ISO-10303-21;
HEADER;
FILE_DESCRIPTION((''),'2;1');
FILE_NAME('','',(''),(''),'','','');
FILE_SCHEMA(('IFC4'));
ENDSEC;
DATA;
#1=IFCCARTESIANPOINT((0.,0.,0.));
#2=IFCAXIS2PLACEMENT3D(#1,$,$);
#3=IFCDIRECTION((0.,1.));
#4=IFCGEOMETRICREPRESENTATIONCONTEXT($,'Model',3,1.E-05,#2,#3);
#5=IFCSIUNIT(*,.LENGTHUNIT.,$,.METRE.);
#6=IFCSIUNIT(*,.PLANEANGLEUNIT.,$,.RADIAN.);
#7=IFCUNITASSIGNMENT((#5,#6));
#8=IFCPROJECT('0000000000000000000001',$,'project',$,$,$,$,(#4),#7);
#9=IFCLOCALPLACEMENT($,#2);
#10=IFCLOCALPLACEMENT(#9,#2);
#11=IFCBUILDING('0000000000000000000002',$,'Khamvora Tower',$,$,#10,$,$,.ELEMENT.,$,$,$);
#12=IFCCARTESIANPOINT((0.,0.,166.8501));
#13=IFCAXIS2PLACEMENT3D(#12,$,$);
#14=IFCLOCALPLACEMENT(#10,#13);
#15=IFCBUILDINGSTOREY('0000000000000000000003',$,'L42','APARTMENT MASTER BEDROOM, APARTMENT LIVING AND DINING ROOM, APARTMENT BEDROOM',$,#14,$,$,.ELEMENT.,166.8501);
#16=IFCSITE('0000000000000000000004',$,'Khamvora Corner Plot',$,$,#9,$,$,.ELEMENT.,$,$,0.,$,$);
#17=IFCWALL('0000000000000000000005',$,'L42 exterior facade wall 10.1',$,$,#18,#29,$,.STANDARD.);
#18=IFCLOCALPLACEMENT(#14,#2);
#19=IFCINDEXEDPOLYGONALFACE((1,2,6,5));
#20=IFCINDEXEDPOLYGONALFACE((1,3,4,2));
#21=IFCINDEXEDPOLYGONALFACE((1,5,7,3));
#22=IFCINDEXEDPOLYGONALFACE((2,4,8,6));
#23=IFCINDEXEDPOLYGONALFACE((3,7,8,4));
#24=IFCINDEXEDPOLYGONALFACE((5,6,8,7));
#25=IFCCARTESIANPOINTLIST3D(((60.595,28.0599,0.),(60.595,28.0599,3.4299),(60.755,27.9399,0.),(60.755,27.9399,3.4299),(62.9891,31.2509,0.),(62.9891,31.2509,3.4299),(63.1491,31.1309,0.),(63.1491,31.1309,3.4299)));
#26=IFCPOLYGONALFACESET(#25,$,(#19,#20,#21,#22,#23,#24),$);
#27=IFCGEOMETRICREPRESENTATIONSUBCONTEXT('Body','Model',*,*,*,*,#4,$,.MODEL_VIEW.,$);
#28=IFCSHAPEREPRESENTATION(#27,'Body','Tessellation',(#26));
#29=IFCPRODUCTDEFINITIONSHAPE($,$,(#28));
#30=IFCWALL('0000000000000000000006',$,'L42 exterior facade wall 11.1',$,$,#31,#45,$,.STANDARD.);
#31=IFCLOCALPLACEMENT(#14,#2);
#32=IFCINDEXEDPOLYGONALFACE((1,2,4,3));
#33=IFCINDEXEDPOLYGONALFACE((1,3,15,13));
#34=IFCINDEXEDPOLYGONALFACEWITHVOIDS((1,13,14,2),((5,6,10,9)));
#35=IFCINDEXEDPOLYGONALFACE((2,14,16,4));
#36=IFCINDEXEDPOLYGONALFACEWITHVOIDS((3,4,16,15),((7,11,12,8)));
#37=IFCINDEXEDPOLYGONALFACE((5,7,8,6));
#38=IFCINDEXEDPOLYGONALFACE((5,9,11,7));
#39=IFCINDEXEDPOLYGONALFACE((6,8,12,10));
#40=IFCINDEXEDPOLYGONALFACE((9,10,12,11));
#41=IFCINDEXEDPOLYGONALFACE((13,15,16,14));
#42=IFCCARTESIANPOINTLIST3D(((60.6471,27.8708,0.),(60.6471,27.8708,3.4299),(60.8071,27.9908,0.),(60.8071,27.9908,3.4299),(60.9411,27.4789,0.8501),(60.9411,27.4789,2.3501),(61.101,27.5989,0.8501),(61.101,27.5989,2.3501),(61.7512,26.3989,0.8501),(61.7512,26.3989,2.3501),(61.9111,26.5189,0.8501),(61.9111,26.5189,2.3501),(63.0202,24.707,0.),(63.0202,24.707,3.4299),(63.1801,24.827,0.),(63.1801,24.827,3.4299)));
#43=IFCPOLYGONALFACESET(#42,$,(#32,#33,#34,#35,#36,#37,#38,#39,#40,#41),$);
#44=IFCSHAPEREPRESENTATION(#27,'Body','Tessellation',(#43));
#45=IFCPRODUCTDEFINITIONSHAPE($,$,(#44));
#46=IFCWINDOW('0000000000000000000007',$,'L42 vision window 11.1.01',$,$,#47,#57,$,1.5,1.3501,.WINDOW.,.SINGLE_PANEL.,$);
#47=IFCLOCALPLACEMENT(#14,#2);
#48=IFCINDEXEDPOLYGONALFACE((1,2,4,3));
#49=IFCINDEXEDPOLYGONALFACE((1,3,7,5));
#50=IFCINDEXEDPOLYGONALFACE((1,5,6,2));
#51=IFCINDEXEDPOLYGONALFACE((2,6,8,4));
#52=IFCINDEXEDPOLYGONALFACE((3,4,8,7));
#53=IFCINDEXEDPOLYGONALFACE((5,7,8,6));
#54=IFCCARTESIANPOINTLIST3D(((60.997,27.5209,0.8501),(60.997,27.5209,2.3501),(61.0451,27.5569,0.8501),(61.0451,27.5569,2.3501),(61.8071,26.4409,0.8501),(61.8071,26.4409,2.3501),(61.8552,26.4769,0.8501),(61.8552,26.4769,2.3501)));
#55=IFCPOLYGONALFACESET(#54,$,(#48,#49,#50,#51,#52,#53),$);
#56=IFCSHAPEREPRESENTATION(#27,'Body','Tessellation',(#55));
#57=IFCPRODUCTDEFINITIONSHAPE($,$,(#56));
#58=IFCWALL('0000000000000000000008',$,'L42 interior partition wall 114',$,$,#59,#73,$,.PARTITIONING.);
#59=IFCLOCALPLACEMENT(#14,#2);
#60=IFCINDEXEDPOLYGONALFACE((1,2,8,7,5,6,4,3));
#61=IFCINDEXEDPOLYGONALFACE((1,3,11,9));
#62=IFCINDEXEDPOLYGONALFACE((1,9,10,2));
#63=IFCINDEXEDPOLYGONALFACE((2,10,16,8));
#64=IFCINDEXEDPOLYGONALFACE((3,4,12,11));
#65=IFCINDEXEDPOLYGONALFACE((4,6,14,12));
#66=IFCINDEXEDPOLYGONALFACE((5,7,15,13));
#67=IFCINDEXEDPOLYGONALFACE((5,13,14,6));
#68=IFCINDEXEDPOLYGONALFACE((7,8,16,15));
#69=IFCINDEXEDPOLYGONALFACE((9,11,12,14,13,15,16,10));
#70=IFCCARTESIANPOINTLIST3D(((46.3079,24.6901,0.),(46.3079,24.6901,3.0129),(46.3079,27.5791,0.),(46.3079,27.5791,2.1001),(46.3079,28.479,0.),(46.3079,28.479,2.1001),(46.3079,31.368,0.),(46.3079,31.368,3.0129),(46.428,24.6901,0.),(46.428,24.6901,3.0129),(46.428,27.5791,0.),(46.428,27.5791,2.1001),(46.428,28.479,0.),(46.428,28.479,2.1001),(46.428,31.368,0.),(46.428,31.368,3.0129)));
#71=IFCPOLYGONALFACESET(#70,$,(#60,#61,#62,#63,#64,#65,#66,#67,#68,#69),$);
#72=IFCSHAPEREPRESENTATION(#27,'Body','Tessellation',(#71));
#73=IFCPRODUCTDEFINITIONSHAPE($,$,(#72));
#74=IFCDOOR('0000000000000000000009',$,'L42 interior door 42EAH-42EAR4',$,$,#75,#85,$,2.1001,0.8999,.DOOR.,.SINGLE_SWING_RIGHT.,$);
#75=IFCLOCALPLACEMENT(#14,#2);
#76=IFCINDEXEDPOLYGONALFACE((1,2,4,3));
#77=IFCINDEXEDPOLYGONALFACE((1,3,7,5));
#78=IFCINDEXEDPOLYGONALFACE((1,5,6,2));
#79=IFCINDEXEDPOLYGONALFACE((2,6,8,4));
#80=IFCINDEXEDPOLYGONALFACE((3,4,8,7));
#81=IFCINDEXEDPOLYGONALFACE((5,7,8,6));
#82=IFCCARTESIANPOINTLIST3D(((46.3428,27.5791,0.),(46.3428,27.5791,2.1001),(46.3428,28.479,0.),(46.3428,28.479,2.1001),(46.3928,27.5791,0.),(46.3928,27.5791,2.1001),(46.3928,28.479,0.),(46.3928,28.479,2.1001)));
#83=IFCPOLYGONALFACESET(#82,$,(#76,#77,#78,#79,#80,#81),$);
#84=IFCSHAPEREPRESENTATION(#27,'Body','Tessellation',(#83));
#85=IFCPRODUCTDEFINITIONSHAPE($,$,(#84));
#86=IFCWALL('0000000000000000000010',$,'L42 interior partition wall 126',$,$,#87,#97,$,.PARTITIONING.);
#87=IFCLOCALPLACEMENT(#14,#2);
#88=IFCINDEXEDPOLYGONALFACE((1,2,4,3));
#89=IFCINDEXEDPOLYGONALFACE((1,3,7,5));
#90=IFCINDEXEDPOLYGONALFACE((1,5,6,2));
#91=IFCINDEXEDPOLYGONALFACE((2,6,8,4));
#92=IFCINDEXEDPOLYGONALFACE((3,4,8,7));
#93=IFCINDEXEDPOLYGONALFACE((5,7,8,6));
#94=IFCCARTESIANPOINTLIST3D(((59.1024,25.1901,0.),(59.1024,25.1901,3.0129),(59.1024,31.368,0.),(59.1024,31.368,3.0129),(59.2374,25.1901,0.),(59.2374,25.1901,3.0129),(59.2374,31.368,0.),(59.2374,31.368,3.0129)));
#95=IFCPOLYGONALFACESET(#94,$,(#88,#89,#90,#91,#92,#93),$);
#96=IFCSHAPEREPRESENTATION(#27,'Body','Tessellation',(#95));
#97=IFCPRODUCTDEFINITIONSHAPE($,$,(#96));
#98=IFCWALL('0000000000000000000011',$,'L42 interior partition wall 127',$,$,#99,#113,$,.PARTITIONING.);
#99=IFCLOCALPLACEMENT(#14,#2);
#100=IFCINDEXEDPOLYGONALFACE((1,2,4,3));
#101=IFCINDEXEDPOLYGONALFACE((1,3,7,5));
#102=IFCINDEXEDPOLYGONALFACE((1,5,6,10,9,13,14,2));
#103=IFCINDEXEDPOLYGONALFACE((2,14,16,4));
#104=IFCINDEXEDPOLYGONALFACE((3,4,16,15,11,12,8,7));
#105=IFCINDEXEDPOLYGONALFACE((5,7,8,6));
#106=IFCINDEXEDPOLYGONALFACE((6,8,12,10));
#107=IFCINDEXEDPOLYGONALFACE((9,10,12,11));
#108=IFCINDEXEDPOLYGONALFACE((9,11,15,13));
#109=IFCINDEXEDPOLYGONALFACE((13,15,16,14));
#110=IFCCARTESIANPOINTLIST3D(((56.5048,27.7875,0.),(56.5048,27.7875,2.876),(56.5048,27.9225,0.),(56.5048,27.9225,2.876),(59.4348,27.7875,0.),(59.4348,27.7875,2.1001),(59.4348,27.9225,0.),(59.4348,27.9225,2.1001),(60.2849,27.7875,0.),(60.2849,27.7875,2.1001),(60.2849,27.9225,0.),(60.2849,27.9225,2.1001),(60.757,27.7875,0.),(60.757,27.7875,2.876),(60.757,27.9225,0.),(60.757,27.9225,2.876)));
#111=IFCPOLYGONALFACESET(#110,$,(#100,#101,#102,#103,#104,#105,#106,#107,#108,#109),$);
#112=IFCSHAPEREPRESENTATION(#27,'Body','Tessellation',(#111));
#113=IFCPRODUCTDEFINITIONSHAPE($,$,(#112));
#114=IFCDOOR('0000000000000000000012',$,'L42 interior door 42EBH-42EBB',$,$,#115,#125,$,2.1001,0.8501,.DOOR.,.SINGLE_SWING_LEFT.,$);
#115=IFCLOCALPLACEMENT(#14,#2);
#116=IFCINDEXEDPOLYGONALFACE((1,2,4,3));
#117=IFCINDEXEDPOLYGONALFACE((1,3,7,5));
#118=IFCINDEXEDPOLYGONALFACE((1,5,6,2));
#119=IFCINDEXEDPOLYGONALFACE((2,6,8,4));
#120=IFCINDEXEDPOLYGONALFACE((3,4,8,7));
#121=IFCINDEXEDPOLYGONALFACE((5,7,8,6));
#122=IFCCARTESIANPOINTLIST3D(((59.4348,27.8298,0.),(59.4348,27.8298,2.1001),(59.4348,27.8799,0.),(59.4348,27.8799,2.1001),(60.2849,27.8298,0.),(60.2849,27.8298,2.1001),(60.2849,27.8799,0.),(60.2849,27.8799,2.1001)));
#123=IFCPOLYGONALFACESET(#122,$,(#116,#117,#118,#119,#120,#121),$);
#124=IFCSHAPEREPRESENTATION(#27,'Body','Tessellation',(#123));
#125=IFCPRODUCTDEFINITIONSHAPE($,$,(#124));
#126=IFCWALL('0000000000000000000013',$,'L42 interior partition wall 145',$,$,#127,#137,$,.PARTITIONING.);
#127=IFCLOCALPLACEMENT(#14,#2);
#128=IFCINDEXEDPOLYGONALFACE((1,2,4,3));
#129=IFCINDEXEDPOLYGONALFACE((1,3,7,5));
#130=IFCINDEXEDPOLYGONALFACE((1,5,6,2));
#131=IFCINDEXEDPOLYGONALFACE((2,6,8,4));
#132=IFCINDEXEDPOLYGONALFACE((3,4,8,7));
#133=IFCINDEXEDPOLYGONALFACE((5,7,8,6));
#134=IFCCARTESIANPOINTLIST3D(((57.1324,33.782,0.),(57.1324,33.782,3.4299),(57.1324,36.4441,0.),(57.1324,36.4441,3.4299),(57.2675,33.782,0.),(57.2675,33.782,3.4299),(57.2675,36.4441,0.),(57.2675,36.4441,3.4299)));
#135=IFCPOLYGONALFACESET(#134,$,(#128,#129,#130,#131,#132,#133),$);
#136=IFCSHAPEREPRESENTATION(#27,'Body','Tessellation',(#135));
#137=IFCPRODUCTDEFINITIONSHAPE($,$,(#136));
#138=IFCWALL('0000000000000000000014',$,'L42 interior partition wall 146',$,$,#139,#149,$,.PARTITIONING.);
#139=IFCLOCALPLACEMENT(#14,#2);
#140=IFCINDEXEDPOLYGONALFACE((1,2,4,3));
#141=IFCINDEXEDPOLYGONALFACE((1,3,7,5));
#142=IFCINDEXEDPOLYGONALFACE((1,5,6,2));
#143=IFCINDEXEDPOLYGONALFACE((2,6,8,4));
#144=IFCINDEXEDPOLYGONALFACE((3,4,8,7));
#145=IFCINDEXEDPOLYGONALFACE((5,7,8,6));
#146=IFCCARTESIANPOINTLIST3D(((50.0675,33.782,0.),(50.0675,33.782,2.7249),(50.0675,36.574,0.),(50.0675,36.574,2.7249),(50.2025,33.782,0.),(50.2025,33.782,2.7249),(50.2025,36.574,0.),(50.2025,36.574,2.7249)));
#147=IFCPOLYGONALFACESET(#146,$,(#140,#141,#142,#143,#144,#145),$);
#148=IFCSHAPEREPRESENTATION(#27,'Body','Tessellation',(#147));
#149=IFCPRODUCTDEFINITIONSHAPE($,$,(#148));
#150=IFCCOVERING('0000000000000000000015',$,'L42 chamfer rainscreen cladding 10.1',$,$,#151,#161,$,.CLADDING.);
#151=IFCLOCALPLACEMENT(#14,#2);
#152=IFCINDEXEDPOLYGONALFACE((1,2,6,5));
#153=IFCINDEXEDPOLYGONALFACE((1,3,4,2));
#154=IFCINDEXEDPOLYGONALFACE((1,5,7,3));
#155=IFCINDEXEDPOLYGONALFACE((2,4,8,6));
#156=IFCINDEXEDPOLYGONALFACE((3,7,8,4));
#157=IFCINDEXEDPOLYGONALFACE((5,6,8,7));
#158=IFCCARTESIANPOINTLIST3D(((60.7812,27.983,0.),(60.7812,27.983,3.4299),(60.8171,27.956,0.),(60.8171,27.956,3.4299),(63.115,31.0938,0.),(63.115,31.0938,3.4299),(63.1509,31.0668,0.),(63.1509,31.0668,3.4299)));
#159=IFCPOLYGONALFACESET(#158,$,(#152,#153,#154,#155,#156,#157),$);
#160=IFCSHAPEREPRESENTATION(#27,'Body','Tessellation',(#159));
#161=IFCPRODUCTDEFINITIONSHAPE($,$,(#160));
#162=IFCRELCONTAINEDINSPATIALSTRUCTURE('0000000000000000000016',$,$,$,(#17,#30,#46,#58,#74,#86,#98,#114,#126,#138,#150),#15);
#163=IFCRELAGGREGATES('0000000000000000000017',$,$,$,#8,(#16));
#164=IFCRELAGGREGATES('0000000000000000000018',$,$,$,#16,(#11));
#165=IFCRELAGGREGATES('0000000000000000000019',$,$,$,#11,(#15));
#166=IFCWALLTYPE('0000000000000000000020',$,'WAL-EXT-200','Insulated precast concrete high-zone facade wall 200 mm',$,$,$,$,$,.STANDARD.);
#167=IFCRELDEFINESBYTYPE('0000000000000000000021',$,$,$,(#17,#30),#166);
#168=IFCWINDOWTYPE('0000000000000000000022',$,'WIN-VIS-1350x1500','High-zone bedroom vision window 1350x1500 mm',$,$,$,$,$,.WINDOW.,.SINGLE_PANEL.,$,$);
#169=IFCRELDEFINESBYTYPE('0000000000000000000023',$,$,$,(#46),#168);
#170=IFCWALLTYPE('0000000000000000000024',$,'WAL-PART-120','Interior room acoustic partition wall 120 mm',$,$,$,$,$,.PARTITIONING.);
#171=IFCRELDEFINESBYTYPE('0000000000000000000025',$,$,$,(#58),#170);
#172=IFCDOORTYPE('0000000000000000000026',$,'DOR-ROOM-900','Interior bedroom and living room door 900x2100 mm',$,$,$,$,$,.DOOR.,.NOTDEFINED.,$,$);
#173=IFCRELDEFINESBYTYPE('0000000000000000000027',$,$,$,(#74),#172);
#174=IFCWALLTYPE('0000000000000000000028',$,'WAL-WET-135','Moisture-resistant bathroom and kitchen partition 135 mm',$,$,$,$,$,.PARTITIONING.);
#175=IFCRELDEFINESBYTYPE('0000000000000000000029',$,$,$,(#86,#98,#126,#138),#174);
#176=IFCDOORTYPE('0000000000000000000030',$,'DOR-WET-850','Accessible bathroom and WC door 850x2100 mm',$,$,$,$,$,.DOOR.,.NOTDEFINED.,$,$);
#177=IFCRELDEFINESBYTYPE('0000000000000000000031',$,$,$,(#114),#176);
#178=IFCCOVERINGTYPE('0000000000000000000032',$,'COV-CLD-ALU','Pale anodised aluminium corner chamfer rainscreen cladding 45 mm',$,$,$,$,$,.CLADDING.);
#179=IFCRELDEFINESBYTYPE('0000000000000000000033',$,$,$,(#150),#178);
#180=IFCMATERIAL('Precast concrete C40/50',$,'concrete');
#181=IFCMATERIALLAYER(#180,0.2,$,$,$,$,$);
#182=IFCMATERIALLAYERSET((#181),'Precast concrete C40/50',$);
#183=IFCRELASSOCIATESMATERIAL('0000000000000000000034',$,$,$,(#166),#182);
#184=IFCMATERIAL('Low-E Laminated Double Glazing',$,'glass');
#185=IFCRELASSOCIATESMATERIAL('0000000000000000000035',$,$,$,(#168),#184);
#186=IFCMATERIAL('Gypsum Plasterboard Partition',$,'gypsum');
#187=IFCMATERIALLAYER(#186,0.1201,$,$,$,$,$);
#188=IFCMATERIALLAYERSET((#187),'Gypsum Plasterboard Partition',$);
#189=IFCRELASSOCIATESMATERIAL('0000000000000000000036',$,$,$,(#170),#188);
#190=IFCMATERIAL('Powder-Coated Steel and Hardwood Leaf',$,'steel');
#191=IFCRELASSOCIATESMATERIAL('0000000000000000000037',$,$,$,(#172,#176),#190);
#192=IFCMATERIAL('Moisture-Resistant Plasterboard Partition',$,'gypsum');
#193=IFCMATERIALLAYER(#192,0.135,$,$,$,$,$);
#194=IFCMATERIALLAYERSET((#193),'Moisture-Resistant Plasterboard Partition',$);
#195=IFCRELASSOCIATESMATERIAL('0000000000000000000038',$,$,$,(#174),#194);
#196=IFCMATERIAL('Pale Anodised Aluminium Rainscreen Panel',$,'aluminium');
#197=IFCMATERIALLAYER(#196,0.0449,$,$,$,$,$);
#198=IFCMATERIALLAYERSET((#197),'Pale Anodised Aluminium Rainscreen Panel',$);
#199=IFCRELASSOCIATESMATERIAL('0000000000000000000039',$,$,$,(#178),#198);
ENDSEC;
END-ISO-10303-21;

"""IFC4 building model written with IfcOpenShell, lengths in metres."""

from ifc_helpers import new_model, si_unit, direction, frame, frame_2d, origin, origin_2d, place, context, subcontext, project, spatial, rectangle, extrude, material, layer, layer_set, type_object, element, fill, save


model = new_model("IFC4")

# Units and contexts
model_context = context("Model", 3, precision=1e-05, world=origin(), true_north=direction((0.0, 1.0)))
body_context = subcontext(model_context, "Body", "Model", "MODEL_VIEW")
ifc_project = project(units=[si_unit("LENGTHUNIT", "METRE"), si_unit("PLANEANGLEUNIT", "RADIAN")], contexts=[model_context])

# Site, building, storey
site_placement = place(None, origin())
site = spatial("IfcSite", under=ifc_project, at=site_placement, Name="Khamvora Corner Plot", CompositionType="ELEMENT", RefElevation=0.0)
building_placement = place(site_placement, origin())
building = spatial("IfcBuilding", under=site, at=building_placement, Name="Khamvora Tower", CompositionType="ELEMENT")
storey_placement = place(building_placement, frame((0.0, 0.0, 166.8501)))
storey = spatial("IfcBuildingStorey", under=building, at=storey_placement, Name="L42", Description="APARTMENT MASTER BEDROOM, APARTMENT LIVING AND DINING ROOM, APARTMENT BEDROOM", CompositionType="ELEMENT", Elevation=166.8501)

# Shared definitions
ifc_material_1 = material(Name="Powder-Coated Steel and Hardwood Leaf", Category="steel")

# Wall
ifc_material_2 = material(Name="Precast concrete C40/50", Category="concrete")
ifc_layer_1 = layer(ifc_material_2, 0.2)
ifc_layer_set_1 = layer_set([ifc_layer_1], Name="Precast concrete C40/50")
wall_type_1 = type_object("IfcWallType", Name="WAL-EXT-200", Description="Insulated precast concrete high-zone facade wall 200 mm", PredefinedType="STANDARD", material=ifc_layer_set_1)
wall_1_placement = place(storey_placement, frame((63.0691, 31.1909, 0.0), z_axis=(0.0, 0.0, 1.0), x_axis=(-0.600137, -0.799897, 0.0)))
element("IfcWall", 1, at=wall_1_placement, inside=storey, type_object=wall_type_1, Name="L42 exterior facade wall 10.1", PredefinedType="STANDARD", context=body_context, shape_type="SweptSolid", body=[
    extrude(rectangle(XDim=3.9893, YDim=0.2, at=frame_2d((1.9946, 0.0))), origin(), (0.0, 0.0, 1.0), 3.4299),
])

# Wall, opening, window
wall_2_placement = place(storey_placement, frame((60.7271, 27.9309, 0.0), z_axis=(0.0, 0.0, 1.0), x_axis=(0.60003, -0.799978, 0.0)))
wall_2 = element("IfcWall", 2, at=wall_2_placement, inside=storey, type_object=wall_type_1, Name="L42 exterior facade wall 11.1", PredefinedType="STANDARD", context=body_context, shape_type="SweptSolid", body=[
    extrude(rectangle(XDim=3.9548, YDim=0.2, at=frame_2d((1.9775, 0.0))), origin(), (0.0, 0.0, 1.0), 3.4299),
])
opening_1_placement = place(wall_2_placement, frame((0.49, 0.0, 0.8501)))
opening_1 = element("IfcOpeningElement", 3, at=opening_1_placement, cuts=wall_2, PredefinedType="OPENING", context=body_context, shape_type="SweptSolid", body=[
    extrude(rectangle(XDim=1.3501, YDim=1.5, at=frame_2d((0.675, 0.75))), frame((0.0, 0.1099, 0.0), z_axis=(0.0, -1.0, 0.0), x_axis=(1.0, 0.0, 0.0)), (0.0, 0.0, 1.0), 0.22),
])
ifc_material_3 = material(Name="Low-E Laminated Double Glazing", Category="glass")
window_type = type_object("IfcWindowType", Name="WIN-VIS-1350x1500", Description="High-zone bedroom vision window 1350x1500 mm", PartitioningType="SINGLE_PANEL", PredefinedType="WINDOW", material=ifc_material_3)
window_placement = place(opening_1_placement, origin())
window = element("IfcWindow", 4, at=window_placement, inside=storey, type_object=window_type, Name="L42 vision window 11.1.01", OverallHeight=1.5, OverallWidth=1.3501, PartitioningType="SINGLE_PANEL", PredefinedType="WINDOW", context=body_context, shape_type="SweptSolid", body=[
    extrude(rectangle(XDim=1.3501, YDim=1.5, at=frame_2d((0.675, 0.75))), frame((0.0, 0.03, 0.0), z_axis=(0.0, -1.0, 0.0), x_axis=(1.0, 0.0, 0.0)), (0.0, 0.0, 1.0), 0.0601),
])
fill(opening_1, window)

# Wall, opening, door
ifc_material_4 = material(Name="Gypsum Plasterboard Partition", Category="gypsum")
ifc_layer_2 = layer(ifc_material_4, 0.1201)
ifc_layer_set_2 = layer_set([ifc_layer_2], Name="Gypsum Plasterboard Partition")
wall_type_2 = type_object("IfcWallType", Name="WAL-PART-120", Description="Interior room acoustic partition wall 120 mm", PredefinedType="PARTITIONING", material=ifc_layer_set_2)
wall_3_placement = place(storey_placement, frame((46.3679, 31.3679, 0.0), z_axis=(0.0, 0.0, 1.0), x_axis=(0.0, -1.0, 0.0)))
wall_3 = element("IfcWall", 5, at=wall_3_placement, inside=storey, type_object=wall_type_2, Name="L42 interior partition wall 114", PredefinedType="PARTITIONING", context=body_context, shape_type="SweptSolid", body=[
    extrude(rectangle(XDim=6.678, YDim=0.1201, at=frame_2d((3.3389, 0.0))), origin(), (0.0, 0.0, 1.0), 3.0129),
])
opening_2_placement = place(wall_3_placement, frame((2.8889, 0.0, 0.0)))
opening_2 = element("IfcOpeningElement", 6, at=opening_2_placement, cuts=wall_3, PredefinedType="OPENING", context=body_context, shape_type="SweptSolid", body=[
    extrude(rectangle(XDim=0.8999, YDim=2.1001, at=frame_2d((0.45, 1.05))), frame((0.0, 0.0701, 0.0), z_axis=(0.0, -1.0, 0.0), x_axis=(1.0, 0.0, 0.0)), (0.0, 0.0, 1.0), 0.1401),
])
door_type_1 = type_object("IfcDoorType", Name="DOR-ROOM-900", Description="Interior bedroom and living room door 900x2100 mm", OperationType="NOTDEFINED", PredefinedType="DOOR", material=ifc_material_1)
door_1_placement = place(opening_2_placement, origin())
door_1 = element("IfcDoor", 7, at=door_1_placement, inside=storey, type_object=door_type_1, Name="L42 interior door 42EAH-42EAR4", OperationType="SINGLE_SWING_RIGHT", OverallHeight=2.1001, OverallWidth=0.8999, PredefinedType="DOOR", context=body_context, shape_type="SweptSolid", body=[
    extrude(rectangle(XDim=0.8999, YDim=2.1001, at=frame_2d((0.45, 1.05))), frame((0.0, 0.0249, 0.0), z_axis=(0.0, -1.0, 0.0), x_axis=(1.0, 0.0, 0.0)), (0.0, 0.0, 1.0), 0.05),
])
fill(opening_2, door_1)

# Wall
ifc_material_5 = material(Name="Moisture-Resistant Plasterboard Partition", Category="gypsum")
ifc_layer_3 = layer(ifc_material_5, 0.135)
ifc_layer_set_3 = layer_set([ifc_layer_3], Name="Moisture-Resistant Plasterboard Partition")
wall_type_3 = type_object("IfcWallType", Name="WAL-WET-135", Description="Moisture-resistant bathroom and kitchen partition 135 mm", PredefinedType="PARTITIONING", material=ifc_layer_set_3)
wall_4_placement = place(storey_placement, frame((59.1699, 31.3679, 0.0), z_axis=(0.0, 0.0, 1.0), x_axis=(0.0, -1.0, 0.0)))
element("IfcWall", 8, at=wall_4_placement, inside=storey, type_object=wall_type_3, Name="L42 interior partition wall 126", PredefinedType="PARTITIONING", context=body_context, shape_type="SweptSolid", body=[
    extrude(rectangle(XDim=6.178, YDim=0.135, at=frame_2d((3.0889, 0.0))), origin(), (0.0, 0.0, 1.0), 3.0129),
])

# Wall, opening, door
wall_5_placement = place(storey_placement, frame((56.5049, 27.855, 0.0), z_axis=(0.0, 0.0, 1.0), x_axis=(1.0, 0.0, 0.0)))
wall_5 = element("IfcWall", 9, at=wall_5_placement, inside=storey, type_object=wall_type_3, Name="L42 interior partition wall 127", PredefinedType="PARTITIONING", context=body_context, shape_type="SweptSolid", body=[
    extrude(rectangle(XDim=4.2522, YDim=0.135, at=frame_2d((2.126, 0.0))), origin(), (0.0, 0.0, 1.0), 2.876),
])
opening_3_placement = place(wall_5_placement, frame((2.9299, 0.0, 0.0)))
opening_3 = element("IfcOpeningElement", 10, at=opening_3_placement, cuts=wall_5, PredefinedType="OPENING", context=body_context, shape_type="SweptSolid", body=[
    extrude(rectangle(XDim=0.8501, YDim=2.1001, at=frame_2d((0.425, 1.05))), frame((0.0, 0.0774, 0.0), z_axis=(0.0, -1.0, 0.0), x_axis=(1.0, 0.0, 0.0)), (0.0, 0.0, 1.0), 0.155),
])
door_type_2 = type_object("IfcDoorType", Name="DOR-WET-850", Description="Accessible bathroom and WC door 850x2100 mm", OperationType="NOTDEFINED", PredefinedType="DOOR", material=ifc_material_1)
door_2_placement = place(opening_3_placement, origin())
door_2 = element("IfcDoor", 11, at=door_2_placement, inside=storey, type_object=door_type_2, Name="L42 interior door 42EBH-42EBB", OperationType="SINGLE_SWING_LEFT", OverallHeight=2.1001, OverallWidth=0.8501, PredefinedType="DOOR", context=body_context, shape_type="SweptSolid", body=[
    extrude(rectangle(XDim=0.8501, YDim=2.1001, at=frame_2d((0.425, 1.05))), frame((0.0, 0.0249, 0.0), z_axis=(0.0, -1.0, 0.0), x_axis=(1.0, 0.0, 0.0)), (0.0, 0.0, 1.0), 0.05),
])
fill(opening_3, door_2)

# Walls
wall_6_placement = place(storey_placement, frame((57.2, 33.782, 0.0), z_axis=(0.0, 0.0, 1.0), x_axis=(0.0, 1.0, 0.0)))
element("IfcWall", 12, at=wall_6_placement, inside=storey, type_object=wall_type_3, Name="L42 interior partition wall 145", PredefinedType="PARTITIONING", context=body_context, shape_type="SweptSolid", body=[
    extrude(rectangle(XDim=2.6621, YDim=0.135, at=frame_2d((1.3311, 0.0))), origin(), (0.0, 0.0, 1.0), 3.4299),
])
wall_7_placement = place(storey_placement, frame((50.135, 33.782, 0.0), z_axis=(0.0, 0.0, 1.0), x_axis=(0.0, 1.0, 0.0)))
element("IfcWall", 13, at=wall_7_placement, inside=storey, type_object=wall_type_3, Name="L42 interior partition wall 146", PredefinedType="PARTITIONING", context=body_context, shape_type="SweptSolid", body=[
    extrude(rectangle(XDim=2.792, YDim=0.135, at=frame_2d((1.396, 0.0))), origin(), (0.0, 0.0, 1.0), 2.7249),
])

# Covering
ifc_material_6 = material(Name="Pale Anodised Aluminium Rainscreen Panel", Category="aluminium")
ifc_layer_4 = layer(ifc_material_6, 0.0449)
ifc_layer_set_4 = layer_set([ifc_layer_4], Name="Pale Anodised Aluminium Rainscreen Panel")
covering_type = type_object("IfcCoveringType", Name="COV-CLD-ALU", Description="Pale anodised aluminium corner chamfer rainscreen cladding 45 mm", PredefinedType="CLADDING", material=ifc_layer_set_4)
covering_placement = place(storey_placement, frame((61.9661, 29.5249, 0.0), z_axis=(0.0, 0.0, 1.0), x_axis=(-0.60012, -0.79991, 0.0)))
element("IfcCovering", 14, at=covering_placement, inside=storey, type_object=covering_type, Name="L42 chamfer rainscreen cladding 10.1", PredefinedType="CLADDING", context=body_context, shape_type="SweptSolid", body=[
    extrude(rectangle(XDim=3.8889, YDim=0.0449, at=origin_2d()), origin(), (0.0, 0.0, 1.0), 3.4299),
])

save(model, "model.ifc")
